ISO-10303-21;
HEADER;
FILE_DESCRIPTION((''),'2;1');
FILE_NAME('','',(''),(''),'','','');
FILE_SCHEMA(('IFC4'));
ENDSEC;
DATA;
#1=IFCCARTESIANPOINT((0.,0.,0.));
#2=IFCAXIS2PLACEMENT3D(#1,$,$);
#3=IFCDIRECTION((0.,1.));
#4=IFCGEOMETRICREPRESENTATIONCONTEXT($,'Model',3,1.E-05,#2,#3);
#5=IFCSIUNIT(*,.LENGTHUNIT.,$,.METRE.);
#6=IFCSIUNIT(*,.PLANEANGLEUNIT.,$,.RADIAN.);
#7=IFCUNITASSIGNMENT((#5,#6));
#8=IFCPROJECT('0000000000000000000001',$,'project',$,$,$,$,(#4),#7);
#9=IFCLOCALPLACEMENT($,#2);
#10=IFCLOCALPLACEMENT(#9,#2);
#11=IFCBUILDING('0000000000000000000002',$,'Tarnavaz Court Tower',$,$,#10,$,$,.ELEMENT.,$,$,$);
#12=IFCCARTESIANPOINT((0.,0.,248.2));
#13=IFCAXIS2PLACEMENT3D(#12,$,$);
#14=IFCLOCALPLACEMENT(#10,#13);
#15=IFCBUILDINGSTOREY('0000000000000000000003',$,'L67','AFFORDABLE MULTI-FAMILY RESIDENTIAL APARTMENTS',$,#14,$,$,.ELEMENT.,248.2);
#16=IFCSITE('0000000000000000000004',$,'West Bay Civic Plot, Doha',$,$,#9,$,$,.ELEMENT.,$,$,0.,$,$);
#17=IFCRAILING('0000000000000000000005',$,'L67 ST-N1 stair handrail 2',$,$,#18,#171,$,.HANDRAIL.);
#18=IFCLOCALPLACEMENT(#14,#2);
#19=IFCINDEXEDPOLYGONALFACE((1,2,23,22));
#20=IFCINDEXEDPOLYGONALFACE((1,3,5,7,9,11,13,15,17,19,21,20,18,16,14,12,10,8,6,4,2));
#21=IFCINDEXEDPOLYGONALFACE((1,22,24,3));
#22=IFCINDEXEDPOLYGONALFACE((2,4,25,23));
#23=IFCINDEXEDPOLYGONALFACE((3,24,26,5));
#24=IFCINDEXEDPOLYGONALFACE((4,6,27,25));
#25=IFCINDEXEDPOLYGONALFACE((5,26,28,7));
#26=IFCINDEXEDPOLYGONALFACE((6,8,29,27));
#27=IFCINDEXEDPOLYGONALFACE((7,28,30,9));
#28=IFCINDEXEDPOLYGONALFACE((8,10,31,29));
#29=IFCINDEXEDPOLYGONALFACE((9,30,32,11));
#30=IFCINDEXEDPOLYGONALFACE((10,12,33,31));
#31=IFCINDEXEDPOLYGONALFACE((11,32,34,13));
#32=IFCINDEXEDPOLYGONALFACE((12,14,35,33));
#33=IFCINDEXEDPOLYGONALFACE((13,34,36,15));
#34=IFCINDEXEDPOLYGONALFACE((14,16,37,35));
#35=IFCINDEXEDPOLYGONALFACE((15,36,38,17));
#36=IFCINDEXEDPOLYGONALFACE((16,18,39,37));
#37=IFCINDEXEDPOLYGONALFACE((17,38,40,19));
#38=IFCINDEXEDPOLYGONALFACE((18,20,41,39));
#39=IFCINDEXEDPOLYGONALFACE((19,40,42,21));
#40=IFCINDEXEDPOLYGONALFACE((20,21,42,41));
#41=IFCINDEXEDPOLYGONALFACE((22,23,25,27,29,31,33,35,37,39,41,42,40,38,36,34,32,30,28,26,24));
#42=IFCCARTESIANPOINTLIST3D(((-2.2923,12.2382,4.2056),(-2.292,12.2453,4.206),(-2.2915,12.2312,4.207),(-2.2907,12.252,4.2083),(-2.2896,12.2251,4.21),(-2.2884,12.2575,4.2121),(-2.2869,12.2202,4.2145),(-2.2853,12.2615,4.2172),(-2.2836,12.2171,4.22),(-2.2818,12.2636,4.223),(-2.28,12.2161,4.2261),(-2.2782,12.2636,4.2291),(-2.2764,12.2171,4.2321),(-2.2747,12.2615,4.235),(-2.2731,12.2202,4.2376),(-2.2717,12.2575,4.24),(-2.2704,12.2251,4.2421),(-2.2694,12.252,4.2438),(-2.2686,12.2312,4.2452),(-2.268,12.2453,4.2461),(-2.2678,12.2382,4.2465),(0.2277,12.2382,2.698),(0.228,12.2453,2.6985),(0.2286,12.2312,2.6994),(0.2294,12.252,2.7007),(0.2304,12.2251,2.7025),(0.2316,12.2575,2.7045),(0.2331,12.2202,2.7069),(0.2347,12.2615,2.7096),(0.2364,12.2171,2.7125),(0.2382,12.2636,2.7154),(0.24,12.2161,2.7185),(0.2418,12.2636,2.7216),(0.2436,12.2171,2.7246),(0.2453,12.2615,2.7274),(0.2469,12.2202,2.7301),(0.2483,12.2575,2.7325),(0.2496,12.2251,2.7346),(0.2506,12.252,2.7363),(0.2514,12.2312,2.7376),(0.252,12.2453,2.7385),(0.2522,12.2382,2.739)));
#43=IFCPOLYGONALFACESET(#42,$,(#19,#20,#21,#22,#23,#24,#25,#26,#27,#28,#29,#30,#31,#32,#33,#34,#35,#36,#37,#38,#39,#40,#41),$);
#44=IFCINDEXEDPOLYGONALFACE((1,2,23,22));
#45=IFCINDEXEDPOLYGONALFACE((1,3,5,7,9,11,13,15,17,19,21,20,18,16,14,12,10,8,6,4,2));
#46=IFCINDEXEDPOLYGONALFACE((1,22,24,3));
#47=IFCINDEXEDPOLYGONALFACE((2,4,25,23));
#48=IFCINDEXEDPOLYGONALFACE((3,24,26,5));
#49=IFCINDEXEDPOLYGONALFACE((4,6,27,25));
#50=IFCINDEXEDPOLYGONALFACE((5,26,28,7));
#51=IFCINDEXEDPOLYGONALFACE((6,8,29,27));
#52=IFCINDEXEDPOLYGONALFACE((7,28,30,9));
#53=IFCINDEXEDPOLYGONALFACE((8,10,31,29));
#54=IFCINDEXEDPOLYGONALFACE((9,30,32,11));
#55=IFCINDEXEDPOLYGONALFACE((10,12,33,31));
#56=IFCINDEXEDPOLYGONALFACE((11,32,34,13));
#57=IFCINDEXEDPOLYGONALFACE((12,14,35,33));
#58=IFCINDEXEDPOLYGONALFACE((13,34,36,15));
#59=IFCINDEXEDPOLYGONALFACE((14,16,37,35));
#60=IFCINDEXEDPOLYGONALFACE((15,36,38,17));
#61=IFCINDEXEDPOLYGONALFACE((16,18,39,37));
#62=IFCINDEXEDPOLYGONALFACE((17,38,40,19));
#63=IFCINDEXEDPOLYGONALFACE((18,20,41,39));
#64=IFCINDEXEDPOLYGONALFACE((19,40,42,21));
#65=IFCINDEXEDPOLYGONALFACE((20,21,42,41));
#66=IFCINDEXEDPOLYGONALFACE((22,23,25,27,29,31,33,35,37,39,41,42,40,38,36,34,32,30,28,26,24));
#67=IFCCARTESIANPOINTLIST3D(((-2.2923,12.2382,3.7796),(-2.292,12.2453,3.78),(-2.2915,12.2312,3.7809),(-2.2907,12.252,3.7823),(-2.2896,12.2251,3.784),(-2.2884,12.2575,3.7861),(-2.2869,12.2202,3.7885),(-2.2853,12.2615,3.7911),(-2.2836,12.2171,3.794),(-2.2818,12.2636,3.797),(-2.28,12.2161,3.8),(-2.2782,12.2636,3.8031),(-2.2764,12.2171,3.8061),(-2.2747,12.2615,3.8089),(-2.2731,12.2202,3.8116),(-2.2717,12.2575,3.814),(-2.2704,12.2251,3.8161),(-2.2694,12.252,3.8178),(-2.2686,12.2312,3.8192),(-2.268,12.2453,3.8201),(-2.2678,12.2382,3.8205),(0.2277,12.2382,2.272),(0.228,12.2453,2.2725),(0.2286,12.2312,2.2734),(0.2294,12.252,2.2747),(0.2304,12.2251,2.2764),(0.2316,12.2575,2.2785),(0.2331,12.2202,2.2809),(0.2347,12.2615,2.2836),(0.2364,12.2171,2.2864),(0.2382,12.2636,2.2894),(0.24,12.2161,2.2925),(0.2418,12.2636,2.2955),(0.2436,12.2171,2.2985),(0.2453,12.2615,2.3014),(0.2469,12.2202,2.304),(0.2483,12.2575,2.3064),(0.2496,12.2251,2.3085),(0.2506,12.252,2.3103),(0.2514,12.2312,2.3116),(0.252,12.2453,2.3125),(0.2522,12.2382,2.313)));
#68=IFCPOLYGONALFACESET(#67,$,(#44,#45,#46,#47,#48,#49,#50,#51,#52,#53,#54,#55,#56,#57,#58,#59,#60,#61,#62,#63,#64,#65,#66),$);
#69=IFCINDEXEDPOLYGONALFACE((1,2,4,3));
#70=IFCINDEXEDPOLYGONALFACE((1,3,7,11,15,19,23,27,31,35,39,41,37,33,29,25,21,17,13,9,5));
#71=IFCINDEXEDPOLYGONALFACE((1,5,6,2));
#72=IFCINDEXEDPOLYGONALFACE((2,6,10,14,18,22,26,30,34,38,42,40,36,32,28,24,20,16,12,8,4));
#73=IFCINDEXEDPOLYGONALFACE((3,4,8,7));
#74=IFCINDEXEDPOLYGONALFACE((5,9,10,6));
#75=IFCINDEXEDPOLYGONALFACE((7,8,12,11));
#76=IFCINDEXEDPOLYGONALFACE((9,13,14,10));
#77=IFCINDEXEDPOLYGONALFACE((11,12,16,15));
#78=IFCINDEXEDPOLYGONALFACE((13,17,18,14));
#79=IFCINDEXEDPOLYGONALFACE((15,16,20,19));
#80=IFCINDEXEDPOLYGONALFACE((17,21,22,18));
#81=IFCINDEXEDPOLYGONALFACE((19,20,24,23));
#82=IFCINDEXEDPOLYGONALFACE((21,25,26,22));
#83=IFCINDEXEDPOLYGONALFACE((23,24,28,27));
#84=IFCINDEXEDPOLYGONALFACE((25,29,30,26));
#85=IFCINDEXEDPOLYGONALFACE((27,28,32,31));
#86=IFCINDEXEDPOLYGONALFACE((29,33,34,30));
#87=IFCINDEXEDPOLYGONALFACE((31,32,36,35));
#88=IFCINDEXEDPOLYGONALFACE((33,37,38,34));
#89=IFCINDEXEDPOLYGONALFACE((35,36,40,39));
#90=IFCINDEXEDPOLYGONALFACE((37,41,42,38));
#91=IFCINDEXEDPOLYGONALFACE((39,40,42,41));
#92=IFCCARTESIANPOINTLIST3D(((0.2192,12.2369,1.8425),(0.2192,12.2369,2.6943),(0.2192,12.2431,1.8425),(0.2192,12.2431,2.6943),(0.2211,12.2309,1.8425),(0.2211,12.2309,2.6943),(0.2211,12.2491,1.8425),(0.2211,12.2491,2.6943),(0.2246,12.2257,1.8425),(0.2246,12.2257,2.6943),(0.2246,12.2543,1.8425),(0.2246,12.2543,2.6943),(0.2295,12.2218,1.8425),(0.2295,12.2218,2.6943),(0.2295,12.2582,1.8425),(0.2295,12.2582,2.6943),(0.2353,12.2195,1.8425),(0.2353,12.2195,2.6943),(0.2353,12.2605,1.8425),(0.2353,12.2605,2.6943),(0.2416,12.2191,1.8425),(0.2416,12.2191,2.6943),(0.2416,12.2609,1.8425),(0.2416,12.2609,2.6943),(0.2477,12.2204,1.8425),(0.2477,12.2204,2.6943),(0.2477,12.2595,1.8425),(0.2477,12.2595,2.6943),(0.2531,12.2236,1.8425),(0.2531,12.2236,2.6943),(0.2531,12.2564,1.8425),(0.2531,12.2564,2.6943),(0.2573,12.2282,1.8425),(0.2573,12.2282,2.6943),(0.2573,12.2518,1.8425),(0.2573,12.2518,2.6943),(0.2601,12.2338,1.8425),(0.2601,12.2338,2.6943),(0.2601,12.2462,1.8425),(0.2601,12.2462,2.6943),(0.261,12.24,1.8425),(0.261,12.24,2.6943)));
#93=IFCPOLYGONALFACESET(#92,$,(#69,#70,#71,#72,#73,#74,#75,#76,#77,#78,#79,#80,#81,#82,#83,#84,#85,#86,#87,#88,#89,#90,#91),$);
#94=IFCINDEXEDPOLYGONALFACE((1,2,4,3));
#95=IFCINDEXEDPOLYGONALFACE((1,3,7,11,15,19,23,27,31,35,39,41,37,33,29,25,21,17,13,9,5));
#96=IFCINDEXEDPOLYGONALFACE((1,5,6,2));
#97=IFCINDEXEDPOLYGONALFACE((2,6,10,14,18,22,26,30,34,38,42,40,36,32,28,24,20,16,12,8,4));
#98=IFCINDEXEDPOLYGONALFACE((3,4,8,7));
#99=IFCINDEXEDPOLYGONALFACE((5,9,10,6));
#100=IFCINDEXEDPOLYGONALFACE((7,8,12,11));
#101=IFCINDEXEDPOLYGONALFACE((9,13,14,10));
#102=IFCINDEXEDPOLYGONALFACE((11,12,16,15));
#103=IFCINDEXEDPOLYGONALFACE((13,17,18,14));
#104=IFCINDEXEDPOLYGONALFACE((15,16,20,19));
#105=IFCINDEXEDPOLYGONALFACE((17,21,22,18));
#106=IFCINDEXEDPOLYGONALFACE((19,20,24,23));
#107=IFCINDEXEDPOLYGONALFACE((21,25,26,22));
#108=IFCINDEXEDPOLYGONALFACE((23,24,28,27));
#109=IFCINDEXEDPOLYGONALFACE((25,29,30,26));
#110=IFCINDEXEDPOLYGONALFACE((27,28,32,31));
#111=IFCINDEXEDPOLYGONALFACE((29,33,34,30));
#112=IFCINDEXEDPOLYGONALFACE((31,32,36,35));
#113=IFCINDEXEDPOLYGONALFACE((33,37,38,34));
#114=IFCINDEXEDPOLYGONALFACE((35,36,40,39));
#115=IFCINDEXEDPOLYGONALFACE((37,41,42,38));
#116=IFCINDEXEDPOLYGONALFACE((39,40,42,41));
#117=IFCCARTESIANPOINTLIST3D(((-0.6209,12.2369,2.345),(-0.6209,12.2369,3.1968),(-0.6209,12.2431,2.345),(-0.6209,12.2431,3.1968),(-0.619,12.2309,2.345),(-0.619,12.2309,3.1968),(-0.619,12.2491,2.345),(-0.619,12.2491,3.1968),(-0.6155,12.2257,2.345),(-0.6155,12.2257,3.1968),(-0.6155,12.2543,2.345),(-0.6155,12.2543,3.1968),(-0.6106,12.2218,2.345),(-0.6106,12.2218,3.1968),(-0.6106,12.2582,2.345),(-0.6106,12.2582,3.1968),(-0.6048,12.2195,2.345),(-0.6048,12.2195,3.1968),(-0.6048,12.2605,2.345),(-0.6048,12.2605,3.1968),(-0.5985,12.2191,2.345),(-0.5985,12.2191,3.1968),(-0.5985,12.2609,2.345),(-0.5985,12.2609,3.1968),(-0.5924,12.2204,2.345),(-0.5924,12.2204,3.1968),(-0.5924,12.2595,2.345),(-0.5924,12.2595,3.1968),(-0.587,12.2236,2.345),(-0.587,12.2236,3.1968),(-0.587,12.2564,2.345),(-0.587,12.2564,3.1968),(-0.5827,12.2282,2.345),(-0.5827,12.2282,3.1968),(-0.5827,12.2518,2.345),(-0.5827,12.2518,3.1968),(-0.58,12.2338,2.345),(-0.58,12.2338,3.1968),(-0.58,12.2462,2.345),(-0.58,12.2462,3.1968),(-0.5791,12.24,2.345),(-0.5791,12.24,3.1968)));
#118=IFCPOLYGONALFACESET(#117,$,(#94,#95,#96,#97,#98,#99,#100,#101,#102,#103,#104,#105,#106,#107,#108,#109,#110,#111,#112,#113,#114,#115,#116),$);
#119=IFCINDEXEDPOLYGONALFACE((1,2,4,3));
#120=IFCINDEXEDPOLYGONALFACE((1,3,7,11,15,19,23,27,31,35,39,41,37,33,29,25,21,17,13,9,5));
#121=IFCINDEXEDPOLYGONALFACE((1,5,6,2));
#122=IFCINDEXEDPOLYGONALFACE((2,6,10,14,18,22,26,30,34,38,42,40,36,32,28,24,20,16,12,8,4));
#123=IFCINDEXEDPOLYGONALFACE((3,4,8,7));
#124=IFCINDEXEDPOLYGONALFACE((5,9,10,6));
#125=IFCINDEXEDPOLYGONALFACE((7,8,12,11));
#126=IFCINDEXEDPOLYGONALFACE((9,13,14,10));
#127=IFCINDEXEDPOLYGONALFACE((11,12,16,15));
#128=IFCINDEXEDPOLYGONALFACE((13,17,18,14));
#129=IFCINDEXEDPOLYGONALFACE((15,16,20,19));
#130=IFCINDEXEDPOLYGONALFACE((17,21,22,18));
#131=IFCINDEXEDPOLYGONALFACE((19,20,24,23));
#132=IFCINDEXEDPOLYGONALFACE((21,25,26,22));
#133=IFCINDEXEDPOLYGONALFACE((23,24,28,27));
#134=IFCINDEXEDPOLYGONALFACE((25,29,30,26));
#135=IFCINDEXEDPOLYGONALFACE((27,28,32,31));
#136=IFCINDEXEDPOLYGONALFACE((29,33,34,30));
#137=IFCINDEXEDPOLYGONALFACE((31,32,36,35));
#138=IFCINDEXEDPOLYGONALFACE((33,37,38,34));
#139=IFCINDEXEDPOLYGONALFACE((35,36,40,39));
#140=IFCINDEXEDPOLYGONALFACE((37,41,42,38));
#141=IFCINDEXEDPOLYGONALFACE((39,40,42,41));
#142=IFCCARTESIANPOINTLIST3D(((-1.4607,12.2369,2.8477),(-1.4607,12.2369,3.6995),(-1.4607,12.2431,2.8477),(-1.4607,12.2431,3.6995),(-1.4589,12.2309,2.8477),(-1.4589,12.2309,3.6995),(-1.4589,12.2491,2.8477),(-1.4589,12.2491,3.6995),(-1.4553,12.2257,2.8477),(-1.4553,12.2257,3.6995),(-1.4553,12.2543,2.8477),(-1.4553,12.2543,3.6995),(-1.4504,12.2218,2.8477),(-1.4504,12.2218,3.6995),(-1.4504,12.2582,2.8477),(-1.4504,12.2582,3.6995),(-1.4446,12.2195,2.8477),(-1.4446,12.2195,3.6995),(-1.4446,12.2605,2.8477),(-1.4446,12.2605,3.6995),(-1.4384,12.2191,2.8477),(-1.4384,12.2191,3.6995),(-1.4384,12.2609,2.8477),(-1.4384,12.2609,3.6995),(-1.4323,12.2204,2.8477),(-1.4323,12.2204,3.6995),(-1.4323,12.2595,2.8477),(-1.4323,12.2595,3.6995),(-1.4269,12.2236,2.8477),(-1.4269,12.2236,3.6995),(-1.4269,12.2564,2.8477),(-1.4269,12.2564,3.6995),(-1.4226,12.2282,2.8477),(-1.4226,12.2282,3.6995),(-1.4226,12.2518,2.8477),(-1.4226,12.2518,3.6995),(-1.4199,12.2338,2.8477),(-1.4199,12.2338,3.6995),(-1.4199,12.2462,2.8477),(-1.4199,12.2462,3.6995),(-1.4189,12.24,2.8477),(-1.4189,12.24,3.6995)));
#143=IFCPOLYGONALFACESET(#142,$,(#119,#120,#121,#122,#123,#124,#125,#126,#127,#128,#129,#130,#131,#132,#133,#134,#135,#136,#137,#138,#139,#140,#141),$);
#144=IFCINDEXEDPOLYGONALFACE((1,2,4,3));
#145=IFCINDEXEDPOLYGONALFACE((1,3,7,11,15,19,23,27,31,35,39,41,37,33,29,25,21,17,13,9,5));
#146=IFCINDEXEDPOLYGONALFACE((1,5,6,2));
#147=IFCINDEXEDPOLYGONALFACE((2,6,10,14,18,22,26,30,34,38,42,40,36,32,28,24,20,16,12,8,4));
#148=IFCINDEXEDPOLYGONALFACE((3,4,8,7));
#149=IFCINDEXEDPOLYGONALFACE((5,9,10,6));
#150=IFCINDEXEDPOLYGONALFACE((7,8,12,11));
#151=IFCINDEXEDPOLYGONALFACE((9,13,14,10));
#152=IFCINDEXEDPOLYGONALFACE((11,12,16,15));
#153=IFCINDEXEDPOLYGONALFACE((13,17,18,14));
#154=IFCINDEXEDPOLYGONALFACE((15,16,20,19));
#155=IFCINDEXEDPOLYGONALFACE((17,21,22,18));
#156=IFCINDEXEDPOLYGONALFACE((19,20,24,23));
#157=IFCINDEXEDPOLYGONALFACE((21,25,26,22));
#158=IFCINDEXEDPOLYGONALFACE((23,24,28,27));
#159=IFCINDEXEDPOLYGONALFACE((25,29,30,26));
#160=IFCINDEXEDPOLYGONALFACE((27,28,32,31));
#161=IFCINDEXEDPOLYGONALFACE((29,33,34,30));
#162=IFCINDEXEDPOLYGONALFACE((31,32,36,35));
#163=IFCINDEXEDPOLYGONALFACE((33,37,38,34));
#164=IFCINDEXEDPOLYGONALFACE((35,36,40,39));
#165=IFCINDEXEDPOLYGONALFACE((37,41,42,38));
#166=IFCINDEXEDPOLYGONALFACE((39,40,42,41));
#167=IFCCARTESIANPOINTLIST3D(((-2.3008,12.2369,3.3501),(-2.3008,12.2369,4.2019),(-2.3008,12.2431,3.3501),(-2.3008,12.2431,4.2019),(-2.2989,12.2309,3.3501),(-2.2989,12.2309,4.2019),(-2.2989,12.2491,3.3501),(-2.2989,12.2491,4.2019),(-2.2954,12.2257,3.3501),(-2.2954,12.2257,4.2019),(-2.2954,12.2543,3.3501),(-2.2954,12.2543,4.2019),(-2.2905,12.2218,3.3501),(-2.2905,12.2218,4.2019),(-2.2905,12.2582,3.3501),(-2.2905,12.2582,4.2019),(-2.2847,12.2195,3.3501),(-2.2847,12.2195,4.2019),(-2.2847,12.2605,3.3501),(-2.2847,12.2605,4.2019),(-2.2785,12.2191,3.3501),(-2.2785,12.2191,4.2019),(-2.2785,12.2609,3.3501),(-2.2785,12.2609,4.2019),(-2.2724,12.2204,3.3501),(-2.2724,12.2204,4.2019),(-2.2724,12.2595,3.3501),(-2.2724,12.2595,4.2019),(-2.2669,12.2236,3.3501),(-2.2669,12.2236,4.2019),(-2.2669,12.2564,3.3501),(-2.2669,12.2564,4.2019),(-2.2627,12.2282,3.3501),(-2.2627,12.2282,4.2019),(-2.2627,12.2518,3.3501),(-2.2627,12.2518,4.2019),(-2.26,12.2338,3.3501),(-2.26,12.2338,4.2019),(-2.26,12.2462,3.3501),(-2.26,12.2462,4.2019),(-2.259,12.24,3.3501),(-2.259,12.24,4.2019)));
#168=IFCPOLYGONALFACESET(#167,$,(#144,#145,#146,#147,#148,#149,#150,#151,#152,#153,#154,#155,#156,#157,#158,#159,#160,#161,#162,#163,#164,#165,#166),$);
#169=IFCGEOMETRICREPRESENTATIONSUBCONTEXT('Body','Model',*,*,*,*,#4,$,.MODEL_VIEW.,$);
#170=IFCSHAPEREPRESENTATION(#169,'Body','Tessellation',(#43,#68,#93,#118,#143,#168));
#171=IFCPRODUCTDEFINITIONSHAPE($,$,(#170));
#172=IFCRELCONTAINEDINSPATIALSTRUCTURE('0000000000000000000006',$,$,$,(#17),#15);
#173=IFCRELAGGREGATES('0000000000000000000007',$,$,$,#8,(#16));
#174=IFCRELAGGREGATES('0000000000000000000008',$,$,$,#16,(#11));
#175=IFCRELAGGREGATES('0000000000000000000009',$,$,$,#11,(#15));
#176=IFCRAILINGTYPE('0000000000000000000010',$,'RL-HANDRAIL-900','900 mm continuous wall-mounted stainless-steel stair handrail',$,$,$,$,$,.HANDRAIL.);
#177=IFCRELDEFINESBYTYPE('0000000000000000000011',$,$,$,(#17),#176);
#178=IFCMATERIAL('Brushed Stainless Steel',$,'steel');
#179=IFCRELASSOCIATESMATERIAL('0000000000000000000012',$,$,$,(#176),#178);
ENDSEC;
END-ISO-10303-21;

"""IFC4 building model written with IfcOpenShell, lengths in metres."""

from ifc_helpers import new_model, si_unit, direction, frame, origin, origin_2d, place, context, subcontext, project, spatial, circle, extrude, material, type_object, element, save


model = new_model("IFC4")

# Units and contexts
model_context = context("Model", 3, precision=1e-05, world=origin(), true_north=direction((0.0, 1.0)))
body_context = subcontext(model_context, "Body", "Model", "MODEL_VIEW")
ifc_project = project(units=[si_unit("LENGTHUNIT", "METRE"), si_unit("PLANEANGLEUNIT", "RADIAN")], contexts=[model_context])

# Site, building, storey
site_placement = place(None, origin())
site = spatial("IfcSite", under=ifc_project, at=site_placement, Name="West Bay Civic Plot, Doha", CompositionType="ELEMENT", RefElevation=0.0)
building_placement = place(site_placement, origin())
building = spatial("IfcBuilding", under=site, at=building_placement, Name="Tarnavaz Court Tower", CompositionType="ELEMENT")
storey_placement = place(building_placement, frame((0.0, 0.0, 248.2)))
storey = spatial("IfcBuildingStorey", under=building, at=storey_placement, Name="L67", Description="AFFORDABLE MULTI-FAMILY RESIDENTIAL APARTMENTS", CompositionType="ELEMENT", Elevation=248.2)

# Railing
ifc_material_1 = material(Name="Brushed Stainless Steel", Category="steel")
railing_type_1 = type_object("IfcRailingType", Name="RL-HANDRAIL-900", Description="900 mm continuous wall-mounted stainless-steel stair handrail", PredefinedType="HANDRAIL", material=ifc_material_1)
railing_1_placement = place(storey_placement, frame((0.24, 12.24, 1.8425)))
element("IfcRailing", 1, at=railing_1_placement, inside=storey, type_object=railing_type_1, Name="L67 ST-N1 stair handrail 2", PredefinedType="HANDRAIL", context=body_context, shape_type="SweptSolid", body=[
    extrude(circle(Radius=0.0239, at=origin_2d()), frame((0.0, 0.0, 0.876), z_axis=(-0.85816, 0.0, 0.513383), x_axis=(0.0, -1.0, 0.0)), (0.0, 0.0, 1.0), 2.9365),
    extrude(circle(Radius=0.0239, at=origin_2d()), frame((0.0, 0.0, 0.45), z_axis=(-0.85816, 0.0, 0.513383), x_axis=(0.0, -1.0, 0.0)), (0.0, 0.0, 1.0), 2.9365),
    extrude(circle(Radius=0.021, at=origin_2d()), origin(), (0.0, 0.0, 1.0), 0.8518),
    extrude(circle(Radius=0.021, at=origin_2d()), frame((-0.8401, 0.0, 0.5024)), (0.0, 0.0, 1.0), 0.8518),
    extrude(circle(Radius=0.021, at=origin_2d()), frame((-1.6799, 0.0, 1.0051)), (0.0, 0.0, 1.0), 0.8518),
    extrude(circle(Radius=0.021, at=origin_2d()), frame((-2.52, 0.0, 1.5076)), (0.0, 0.0, 1.0), 0.8518),
])

save(model, "model.ifc")
